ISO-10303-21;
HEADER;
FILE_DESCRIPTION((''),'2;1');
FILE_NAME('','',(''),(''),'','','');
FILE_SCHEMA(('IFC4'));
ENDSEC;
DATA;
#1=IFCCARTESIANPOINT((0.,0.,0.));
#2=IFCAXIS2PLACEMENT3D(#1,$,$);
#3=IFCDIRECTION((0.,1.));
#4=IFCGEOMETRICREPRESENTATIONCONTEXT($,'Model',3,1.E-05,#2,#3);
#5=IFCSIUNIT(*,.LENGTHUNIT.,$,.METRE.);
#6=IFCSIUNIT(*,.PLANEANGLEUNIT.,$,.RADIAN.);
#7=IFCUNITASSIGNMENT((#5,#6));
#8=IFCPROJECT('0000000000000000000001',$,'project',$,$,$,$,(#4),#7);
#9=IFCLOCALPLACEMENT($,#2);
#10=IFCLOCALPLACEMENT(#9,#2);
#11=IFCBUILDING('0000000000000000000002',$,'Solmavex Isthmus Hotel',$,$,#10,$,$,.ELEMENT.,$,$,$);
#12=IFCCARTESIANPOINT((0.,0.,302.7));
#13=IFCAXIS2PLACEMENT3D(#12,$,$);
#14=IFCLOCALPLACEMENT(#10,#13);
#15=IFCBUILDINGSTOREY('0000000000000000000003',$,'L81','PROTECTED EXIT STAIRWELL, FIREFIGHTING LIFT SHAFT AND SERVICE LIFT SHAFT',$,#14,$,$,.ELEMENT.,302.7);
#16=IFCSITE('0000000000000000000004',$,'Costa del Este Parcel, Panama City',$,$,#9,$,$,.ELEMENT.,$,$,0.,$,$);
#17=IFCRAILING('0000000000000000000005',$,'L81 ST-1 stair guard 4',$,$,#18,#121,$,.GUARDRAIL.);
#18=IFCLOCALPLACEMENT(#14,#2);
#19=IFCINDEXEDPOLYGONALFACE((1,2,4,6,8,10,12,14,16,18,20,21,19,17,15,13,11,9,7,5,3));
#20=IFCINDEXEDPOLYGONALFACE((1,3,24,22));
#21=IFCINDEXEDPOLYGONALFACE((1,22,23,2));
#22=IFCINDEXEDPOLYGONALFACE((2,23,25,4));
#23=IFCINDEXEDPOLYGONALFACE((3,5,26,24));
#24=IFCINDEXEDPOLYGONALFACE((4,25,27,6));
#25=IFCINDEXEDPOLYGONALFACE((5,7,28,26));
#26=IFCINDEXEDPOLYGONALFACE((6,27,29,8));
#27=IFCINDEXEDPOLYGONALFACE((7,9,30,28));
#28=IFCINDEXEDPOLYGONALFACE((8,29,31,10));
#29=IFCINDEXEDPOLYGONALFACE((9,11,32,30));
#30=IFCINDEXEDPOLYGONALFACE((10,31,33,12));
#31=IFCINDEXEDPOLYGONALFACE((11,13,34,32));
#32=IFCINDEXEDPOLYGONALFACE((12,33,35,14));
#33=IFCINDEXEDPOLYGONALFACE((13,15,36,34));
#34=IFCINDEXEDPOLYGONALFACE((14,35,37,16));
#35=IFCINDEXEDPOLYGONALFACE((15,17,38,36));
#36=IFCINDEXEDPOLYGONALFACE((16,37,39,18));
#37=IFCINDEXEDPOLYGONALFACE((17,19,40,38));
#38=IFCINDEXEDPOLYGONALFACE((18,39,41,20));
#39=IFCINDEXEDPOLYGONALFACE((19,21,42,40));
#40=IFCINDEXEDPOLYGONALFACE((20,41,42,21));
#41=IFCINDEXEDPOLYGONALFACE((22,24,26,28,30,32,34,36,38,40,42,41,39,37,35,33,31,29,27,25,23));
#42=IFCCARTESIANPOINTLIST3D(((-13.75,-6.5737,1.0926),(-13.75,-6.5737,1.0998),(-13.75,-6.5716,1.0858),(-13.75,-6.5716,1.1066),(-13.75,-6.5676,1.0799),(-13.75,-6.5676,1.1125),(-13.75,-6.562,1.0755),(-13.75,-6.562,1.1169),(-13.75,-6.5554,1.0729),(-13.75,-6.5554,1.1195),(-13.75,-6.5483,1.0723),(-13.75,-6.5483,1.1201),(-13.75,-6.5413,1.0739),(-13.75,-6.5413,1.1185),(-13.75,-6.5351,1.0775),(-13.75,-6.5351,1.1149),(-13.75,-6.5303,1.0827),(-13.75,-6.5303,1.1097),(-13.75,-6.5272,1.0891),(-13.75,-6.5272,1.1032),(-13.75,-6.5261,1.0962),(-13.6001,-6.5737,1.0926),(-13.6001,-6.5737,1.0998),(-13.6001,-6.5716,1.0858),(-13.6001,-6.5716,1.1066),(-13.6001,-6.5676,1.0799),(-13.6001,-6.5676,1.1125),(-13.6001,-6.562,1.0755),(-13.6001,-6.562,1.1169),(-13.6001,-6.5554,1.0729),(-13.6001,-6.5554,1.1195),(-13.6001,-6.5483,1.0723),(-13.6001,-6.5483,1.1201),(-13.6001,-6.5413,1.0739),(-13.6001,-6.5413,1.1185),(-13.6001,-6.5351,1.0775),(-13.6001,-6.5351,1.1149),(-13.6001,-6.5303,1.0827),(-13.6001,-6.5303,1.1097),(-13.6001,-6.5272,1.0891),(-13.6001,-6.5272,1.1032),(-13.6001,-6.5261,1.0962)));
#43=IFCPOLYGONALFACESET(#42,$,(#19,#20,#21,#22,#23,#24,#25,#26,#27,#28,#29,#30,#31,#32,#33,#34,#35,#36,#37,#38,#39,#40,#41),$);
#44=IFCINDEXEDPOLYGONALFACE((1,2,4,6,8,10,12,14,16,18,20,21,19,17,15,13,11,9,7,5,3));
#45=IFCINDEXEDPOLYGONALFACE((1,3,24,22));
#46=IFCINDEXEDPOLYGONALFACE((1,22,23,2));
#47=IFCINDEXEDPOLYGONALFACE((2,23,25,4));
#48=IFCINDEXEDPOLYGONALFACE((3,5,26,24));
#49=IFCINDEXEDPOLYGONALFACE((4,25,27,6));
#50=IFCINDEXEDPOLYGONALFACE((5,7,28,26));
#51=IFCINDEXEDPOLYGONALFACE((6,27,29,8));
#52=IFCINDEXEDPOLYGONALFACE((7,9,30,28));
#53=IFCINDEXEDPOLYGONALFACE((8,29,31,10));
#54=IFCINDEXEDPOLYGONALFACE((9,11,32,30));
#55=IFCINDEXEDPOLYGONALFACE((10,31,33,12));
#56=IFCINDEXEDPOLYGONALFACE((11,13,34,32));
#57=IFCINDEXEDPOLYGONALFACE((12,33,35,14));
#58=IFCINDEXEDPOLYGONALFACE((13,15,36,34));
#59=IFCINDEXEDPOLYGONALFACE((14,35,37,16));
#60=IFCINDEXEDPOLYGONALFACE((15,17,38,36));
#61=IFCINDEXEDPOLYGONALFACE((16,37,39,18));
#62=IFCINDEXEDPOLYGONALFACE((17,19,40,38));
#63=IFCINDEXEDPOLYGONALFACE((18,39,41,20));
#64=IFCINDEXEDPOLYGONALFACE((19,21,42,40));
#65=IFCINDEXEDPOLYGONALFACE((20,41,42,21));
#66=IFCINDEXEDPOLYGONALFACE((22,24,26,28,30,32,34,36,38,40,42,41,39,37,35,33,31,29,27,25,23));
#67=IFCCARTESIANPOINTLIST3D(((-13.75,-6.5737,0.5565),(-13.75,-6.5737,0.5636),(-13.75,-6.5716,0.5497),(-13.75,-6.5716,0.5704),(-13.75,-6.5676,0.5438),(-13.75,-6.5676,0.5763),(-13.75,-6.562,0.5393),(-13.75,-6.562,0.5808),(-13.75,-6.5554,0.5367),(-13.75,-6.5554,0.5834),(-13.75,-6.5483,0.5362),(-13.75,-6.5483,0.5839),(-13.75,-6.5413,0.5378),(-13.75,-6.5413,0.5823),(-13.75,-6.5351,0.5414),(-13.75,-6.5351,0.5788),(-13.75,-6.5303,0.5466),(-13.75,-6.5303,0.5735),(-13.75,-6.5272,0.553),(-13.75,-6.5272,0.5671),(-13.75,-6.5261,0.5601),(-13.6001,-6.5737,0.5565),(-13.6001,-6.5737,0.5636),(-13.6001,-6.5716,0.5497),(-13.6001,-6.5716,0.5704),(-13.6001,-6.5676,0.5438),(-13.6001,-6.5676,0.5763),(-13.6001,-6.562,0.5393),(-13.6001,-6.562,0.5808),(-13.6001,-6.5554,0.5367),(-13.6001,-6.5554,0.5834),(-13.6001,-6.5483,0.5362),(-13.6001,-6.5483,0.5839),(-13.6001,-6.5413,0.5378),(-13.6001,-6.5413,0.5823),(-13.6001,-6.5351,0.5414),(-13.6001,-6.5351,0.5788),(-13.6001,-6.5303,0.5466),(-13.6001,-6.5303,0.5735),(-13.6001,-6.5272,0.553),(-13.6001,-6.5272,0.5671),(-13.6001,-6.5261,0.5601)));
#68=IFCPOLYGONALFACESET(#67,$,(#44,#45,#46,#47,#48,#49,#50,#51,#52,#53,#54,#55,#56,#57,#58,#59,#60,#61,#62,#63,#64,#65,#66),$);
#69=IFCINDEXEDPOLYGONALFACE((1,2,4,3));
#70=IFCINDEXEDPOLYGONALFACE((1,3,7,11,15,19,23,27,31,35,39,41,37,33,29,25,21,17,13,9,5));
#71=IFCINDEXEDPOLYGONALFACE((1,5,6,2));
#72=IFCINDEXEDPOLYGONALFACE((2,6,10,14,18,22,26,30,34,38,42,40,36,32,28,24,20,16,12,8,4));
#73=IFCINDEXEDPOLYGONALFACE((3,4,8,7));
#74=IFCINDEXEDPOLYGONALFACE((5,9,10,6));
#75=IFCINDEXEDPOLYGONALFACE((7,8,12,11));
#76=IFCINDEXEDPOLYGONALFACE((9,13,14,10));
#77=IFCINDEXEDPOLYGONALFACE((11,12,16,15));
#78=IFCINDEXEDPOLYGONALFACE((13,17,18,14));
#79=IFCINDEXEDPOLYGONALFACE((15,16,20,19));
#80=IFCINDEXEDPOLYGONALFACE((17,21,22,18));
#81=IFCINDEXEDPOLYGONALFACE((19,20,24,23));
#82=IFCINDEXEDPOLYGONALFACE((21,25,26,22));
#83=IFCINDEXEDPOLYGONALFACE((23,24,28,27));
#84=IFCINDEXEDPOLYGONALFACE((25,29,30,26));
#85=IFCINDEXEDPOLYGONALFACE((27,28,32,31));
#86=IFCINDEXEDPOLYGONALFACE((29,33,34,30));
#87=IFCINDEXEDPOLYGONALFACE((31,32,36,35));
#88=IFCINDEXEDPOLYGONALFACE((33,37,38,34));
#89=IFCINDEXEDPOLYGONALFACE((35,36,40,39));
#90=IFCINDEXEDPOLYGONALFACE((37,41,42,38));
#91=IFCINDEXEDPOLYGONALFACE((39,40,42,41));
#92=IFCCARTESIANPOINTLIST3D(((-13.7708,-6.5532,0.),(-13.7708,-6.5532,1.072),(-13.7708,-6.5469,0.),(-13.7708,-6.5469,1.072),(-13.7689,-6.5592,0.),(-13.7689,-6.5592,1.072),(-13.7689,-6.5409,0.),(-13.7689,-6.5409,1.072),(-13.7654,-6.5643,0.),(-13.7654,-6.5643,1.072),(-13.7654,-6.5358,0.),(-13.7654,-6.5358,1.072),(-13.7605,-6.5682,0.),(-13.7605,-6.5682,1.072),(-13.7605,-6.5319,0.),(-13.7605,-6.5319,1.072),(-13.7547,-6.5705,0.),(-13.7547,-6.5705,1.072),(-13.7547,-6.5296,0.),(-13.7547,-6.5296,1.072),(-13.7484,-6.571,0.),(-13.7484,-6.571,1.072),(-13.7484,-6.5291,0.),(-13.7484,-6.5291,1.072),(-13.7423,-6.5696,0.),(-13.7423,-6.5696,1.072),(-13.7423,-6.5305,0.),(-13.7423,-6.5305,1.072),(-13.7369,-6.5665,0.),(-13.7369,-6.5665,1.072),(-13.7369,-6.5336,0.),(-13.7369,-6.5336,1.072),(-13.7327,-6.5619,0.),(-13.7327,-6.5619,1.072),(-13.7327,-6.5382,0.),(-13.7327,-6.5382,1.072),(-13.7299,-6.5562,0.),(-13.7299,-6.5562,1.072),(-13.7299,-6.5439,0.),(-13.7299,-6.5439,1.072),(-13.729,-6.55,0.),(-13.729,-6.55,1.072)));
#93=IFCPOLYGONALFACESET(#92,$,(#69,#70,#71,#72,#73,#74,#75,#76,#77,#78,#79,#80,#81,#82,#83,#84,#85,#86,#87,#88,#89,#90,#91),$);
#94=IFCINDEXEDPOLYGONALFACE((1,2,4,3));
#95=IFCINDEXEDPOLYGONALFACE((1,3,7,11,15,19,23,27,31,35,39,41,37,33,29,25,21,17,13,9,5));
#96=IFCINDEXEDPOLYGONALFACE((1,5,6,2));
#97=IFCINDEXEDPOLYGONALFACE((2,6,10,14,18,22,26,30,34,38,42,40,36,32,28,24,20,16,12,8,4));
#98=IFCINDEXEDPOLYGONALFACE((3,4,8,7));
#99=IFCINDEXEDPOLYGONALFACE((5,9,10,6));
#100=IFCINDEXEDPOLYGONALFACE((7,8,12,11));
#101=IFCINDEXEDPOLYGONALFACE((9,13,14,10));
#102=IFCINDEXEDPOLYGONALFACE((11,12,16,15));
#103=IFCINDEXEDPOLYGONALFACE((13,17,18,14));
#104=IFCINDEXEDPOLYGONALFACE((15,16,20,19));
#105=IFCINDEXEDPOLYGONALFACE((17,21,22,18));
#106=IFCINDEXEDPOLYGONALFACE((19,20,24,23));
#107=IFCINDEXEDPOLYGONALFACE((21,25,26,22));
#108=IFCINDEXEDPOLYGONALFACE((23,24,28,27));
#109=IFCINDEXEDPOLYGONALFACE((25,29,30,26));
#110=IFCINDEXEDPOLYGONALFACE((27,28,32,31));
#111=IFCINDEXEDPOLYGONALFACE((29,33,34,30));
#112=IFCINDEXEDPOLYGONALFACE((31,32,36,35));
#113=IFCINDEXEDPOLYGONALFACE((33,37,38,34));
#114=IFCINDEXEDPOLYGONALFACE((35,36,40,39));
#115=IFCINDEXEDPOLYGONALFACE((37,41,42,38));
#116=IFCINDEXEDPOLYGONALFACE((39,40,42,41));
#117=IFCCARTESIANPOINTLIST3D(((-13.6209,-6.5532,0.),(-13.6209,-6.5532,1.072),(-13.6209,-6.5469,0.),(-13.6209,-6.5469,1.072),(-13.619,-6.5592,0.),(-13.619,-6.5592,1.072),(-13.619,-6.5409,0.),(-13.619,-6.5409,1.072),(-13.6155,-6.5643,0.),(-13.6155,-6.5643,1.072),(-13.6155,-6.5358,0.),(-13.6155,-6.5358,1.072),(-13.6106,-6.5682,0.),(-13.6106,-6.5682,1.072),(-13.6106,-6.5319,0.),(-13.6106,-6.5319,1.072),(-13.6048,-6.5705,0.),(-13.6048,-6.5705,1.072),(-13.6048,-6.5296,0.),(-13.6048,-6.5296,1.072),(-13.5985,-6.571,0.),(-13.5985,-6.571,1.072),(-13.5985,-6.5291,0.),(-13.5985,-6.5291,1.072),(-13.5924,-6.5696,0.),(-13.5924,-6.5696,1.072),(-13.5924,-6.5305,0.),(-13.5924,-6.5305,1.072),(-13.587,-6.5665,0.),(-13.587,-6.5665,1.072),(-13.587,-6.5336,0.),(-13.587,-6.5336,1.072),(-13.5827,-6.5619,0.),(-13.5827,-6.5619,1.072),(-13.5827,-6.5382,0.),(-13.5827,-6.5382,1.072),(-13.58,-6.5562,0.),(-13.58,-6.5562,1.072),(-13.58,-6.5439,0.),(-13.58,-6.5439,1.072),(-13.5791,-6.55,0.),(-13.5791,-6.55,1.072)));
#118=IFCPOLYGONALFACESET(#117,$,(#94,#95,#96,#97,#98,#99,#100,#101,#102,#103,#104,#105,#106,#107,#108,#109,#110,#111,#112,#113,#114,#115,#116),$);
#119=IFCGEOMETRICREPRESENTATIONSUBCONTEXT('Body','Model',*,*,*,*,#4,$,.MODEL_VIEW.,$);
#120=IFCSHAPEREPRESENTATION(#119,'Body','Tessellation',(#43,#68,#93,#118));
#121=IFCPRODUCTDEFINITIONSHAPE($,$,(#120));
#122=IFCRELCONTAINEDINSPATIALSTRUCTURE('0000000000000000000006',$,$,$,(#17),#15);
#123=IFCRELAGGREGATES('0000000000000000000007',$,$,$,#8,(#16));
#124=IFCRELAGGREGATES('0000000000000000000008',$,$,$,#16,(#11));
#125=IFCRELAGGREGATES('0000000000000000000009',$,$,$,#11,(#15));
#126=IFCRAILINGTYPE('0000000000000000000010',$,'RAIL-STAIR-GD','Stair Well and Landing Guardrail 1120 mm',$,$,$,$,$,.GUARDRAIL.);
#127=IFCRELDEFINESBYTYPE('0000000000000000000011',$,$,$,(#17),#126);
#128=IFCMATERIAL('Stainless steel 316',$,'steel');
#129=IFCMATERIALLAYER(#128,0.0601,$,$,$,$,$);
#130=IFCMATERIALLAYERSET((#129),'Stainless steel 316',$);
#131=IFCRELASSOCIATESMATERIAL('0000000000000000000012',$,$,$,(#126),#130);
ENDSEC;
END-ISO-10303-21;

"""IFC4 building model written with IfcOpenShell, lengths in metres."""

from ifc_helpers import new_model, si_unit, direction, frame, origin, origin_2d, place, context, subcontext, project, spatial, circle, extrude, material, layer, layer_set, type_object, element, save


model = new_model("IFC4")

# Units and contexts
model_context = context("Model", 3, precision=1e-05, world=origin(), true_north=direction((0.0, 1.0)))
body_context = subcontext(model_context, "Body", "Model", "MODEL_VIEW")
ifc_project = project(units=[si_unit("LENGTHUNIT", "METRE"), si_unit("PLANEANGLEUNIT", "RADIAN")], contexts=[model_context])

# Site, building, storey
site_placement = place(None, origin())
site = spatial("IfcSite", under=ifc_project, at=site_placement, Name="Costa del Este Parcel, Panama City", CompositionType="ELEMENT", RefElevation=0.0)
building_placement = place(site_placement, origin())
building = spatial("IfcBuilding", under=site, at=building_placement, Name="Solmavex Isthmus Hotel", CompositionType="ELEMENT")
storey_placement = place(building_placement, frame((0.0, 0.0, 302.7)))
storey = spatial("IfcBuildingStorey", under=building, at=storey_placement, Name="L81", Description="PROTECTED EXIT STAIRWELL, FIREFIGHTING LIFT SHAFT AND SERVICE LIFT SHAFT", CompositionType="ELEMENT", Elevation=302.7)

# Shared definitions
ifc_material_1 = material(Name="Stainless steel 316", Category="steel")

# Railing
ifc_layer_1 = layer(ifc_material_1, 0.0601)
ifc_layer_set_1 = layer_set([ifc_layer_1], Name="Stainless steel 316")
railing_type_1 = type_object("IfcRailingType", Name="RAIL-STAIR-GD", Description="Stair Well and Landing Guardrail 1120 mm", PredefinedType="GUARDRAIL", material=ifc_layer_set_1)
railing_1_placement = place(storey_placement, frame((-13.75, -6.55, 0.0)))
element("IfcRailing", 1, at=railing_1_placement, inside=storey, type_object=railing_type_1, Name="L81 ST-1 stair guard 4", PredefinedType="GUARDRAIL", context=body_context, shape_type="SweptSolid", body=[
    extrude(circle(Radius=0.0239, at=origin_2d()), frame((0.0, 0.0, 1.0962), z_axis=(1.0, 0.0, 0.0), x_axis=(0.0, 1.0, 0.0)), (0.0, 0.0, 1.0), 0.1499),
    extrude(circle(Radius=0.0239, at=origin_2d()), frame((0.0, 0.0, 0.5601), z_axis=(1.0, 0.0, 0.0), x_axis=(0.0, 1.0, 0.0)), (0.0, 0.0, 1.0), 0.1499),
    extrude(circle(Radius=0.021, at=origin_2d()), origin(), (0.0, 0.0, 1.0), 1.072),
    extrude(circle(Radius=0.021, at=origin_2d()), frame((0.1499, 0.0, 0.0)), (0.0, 0.0, 1.0), 1.072),
])

save(model, "model.ifc")
